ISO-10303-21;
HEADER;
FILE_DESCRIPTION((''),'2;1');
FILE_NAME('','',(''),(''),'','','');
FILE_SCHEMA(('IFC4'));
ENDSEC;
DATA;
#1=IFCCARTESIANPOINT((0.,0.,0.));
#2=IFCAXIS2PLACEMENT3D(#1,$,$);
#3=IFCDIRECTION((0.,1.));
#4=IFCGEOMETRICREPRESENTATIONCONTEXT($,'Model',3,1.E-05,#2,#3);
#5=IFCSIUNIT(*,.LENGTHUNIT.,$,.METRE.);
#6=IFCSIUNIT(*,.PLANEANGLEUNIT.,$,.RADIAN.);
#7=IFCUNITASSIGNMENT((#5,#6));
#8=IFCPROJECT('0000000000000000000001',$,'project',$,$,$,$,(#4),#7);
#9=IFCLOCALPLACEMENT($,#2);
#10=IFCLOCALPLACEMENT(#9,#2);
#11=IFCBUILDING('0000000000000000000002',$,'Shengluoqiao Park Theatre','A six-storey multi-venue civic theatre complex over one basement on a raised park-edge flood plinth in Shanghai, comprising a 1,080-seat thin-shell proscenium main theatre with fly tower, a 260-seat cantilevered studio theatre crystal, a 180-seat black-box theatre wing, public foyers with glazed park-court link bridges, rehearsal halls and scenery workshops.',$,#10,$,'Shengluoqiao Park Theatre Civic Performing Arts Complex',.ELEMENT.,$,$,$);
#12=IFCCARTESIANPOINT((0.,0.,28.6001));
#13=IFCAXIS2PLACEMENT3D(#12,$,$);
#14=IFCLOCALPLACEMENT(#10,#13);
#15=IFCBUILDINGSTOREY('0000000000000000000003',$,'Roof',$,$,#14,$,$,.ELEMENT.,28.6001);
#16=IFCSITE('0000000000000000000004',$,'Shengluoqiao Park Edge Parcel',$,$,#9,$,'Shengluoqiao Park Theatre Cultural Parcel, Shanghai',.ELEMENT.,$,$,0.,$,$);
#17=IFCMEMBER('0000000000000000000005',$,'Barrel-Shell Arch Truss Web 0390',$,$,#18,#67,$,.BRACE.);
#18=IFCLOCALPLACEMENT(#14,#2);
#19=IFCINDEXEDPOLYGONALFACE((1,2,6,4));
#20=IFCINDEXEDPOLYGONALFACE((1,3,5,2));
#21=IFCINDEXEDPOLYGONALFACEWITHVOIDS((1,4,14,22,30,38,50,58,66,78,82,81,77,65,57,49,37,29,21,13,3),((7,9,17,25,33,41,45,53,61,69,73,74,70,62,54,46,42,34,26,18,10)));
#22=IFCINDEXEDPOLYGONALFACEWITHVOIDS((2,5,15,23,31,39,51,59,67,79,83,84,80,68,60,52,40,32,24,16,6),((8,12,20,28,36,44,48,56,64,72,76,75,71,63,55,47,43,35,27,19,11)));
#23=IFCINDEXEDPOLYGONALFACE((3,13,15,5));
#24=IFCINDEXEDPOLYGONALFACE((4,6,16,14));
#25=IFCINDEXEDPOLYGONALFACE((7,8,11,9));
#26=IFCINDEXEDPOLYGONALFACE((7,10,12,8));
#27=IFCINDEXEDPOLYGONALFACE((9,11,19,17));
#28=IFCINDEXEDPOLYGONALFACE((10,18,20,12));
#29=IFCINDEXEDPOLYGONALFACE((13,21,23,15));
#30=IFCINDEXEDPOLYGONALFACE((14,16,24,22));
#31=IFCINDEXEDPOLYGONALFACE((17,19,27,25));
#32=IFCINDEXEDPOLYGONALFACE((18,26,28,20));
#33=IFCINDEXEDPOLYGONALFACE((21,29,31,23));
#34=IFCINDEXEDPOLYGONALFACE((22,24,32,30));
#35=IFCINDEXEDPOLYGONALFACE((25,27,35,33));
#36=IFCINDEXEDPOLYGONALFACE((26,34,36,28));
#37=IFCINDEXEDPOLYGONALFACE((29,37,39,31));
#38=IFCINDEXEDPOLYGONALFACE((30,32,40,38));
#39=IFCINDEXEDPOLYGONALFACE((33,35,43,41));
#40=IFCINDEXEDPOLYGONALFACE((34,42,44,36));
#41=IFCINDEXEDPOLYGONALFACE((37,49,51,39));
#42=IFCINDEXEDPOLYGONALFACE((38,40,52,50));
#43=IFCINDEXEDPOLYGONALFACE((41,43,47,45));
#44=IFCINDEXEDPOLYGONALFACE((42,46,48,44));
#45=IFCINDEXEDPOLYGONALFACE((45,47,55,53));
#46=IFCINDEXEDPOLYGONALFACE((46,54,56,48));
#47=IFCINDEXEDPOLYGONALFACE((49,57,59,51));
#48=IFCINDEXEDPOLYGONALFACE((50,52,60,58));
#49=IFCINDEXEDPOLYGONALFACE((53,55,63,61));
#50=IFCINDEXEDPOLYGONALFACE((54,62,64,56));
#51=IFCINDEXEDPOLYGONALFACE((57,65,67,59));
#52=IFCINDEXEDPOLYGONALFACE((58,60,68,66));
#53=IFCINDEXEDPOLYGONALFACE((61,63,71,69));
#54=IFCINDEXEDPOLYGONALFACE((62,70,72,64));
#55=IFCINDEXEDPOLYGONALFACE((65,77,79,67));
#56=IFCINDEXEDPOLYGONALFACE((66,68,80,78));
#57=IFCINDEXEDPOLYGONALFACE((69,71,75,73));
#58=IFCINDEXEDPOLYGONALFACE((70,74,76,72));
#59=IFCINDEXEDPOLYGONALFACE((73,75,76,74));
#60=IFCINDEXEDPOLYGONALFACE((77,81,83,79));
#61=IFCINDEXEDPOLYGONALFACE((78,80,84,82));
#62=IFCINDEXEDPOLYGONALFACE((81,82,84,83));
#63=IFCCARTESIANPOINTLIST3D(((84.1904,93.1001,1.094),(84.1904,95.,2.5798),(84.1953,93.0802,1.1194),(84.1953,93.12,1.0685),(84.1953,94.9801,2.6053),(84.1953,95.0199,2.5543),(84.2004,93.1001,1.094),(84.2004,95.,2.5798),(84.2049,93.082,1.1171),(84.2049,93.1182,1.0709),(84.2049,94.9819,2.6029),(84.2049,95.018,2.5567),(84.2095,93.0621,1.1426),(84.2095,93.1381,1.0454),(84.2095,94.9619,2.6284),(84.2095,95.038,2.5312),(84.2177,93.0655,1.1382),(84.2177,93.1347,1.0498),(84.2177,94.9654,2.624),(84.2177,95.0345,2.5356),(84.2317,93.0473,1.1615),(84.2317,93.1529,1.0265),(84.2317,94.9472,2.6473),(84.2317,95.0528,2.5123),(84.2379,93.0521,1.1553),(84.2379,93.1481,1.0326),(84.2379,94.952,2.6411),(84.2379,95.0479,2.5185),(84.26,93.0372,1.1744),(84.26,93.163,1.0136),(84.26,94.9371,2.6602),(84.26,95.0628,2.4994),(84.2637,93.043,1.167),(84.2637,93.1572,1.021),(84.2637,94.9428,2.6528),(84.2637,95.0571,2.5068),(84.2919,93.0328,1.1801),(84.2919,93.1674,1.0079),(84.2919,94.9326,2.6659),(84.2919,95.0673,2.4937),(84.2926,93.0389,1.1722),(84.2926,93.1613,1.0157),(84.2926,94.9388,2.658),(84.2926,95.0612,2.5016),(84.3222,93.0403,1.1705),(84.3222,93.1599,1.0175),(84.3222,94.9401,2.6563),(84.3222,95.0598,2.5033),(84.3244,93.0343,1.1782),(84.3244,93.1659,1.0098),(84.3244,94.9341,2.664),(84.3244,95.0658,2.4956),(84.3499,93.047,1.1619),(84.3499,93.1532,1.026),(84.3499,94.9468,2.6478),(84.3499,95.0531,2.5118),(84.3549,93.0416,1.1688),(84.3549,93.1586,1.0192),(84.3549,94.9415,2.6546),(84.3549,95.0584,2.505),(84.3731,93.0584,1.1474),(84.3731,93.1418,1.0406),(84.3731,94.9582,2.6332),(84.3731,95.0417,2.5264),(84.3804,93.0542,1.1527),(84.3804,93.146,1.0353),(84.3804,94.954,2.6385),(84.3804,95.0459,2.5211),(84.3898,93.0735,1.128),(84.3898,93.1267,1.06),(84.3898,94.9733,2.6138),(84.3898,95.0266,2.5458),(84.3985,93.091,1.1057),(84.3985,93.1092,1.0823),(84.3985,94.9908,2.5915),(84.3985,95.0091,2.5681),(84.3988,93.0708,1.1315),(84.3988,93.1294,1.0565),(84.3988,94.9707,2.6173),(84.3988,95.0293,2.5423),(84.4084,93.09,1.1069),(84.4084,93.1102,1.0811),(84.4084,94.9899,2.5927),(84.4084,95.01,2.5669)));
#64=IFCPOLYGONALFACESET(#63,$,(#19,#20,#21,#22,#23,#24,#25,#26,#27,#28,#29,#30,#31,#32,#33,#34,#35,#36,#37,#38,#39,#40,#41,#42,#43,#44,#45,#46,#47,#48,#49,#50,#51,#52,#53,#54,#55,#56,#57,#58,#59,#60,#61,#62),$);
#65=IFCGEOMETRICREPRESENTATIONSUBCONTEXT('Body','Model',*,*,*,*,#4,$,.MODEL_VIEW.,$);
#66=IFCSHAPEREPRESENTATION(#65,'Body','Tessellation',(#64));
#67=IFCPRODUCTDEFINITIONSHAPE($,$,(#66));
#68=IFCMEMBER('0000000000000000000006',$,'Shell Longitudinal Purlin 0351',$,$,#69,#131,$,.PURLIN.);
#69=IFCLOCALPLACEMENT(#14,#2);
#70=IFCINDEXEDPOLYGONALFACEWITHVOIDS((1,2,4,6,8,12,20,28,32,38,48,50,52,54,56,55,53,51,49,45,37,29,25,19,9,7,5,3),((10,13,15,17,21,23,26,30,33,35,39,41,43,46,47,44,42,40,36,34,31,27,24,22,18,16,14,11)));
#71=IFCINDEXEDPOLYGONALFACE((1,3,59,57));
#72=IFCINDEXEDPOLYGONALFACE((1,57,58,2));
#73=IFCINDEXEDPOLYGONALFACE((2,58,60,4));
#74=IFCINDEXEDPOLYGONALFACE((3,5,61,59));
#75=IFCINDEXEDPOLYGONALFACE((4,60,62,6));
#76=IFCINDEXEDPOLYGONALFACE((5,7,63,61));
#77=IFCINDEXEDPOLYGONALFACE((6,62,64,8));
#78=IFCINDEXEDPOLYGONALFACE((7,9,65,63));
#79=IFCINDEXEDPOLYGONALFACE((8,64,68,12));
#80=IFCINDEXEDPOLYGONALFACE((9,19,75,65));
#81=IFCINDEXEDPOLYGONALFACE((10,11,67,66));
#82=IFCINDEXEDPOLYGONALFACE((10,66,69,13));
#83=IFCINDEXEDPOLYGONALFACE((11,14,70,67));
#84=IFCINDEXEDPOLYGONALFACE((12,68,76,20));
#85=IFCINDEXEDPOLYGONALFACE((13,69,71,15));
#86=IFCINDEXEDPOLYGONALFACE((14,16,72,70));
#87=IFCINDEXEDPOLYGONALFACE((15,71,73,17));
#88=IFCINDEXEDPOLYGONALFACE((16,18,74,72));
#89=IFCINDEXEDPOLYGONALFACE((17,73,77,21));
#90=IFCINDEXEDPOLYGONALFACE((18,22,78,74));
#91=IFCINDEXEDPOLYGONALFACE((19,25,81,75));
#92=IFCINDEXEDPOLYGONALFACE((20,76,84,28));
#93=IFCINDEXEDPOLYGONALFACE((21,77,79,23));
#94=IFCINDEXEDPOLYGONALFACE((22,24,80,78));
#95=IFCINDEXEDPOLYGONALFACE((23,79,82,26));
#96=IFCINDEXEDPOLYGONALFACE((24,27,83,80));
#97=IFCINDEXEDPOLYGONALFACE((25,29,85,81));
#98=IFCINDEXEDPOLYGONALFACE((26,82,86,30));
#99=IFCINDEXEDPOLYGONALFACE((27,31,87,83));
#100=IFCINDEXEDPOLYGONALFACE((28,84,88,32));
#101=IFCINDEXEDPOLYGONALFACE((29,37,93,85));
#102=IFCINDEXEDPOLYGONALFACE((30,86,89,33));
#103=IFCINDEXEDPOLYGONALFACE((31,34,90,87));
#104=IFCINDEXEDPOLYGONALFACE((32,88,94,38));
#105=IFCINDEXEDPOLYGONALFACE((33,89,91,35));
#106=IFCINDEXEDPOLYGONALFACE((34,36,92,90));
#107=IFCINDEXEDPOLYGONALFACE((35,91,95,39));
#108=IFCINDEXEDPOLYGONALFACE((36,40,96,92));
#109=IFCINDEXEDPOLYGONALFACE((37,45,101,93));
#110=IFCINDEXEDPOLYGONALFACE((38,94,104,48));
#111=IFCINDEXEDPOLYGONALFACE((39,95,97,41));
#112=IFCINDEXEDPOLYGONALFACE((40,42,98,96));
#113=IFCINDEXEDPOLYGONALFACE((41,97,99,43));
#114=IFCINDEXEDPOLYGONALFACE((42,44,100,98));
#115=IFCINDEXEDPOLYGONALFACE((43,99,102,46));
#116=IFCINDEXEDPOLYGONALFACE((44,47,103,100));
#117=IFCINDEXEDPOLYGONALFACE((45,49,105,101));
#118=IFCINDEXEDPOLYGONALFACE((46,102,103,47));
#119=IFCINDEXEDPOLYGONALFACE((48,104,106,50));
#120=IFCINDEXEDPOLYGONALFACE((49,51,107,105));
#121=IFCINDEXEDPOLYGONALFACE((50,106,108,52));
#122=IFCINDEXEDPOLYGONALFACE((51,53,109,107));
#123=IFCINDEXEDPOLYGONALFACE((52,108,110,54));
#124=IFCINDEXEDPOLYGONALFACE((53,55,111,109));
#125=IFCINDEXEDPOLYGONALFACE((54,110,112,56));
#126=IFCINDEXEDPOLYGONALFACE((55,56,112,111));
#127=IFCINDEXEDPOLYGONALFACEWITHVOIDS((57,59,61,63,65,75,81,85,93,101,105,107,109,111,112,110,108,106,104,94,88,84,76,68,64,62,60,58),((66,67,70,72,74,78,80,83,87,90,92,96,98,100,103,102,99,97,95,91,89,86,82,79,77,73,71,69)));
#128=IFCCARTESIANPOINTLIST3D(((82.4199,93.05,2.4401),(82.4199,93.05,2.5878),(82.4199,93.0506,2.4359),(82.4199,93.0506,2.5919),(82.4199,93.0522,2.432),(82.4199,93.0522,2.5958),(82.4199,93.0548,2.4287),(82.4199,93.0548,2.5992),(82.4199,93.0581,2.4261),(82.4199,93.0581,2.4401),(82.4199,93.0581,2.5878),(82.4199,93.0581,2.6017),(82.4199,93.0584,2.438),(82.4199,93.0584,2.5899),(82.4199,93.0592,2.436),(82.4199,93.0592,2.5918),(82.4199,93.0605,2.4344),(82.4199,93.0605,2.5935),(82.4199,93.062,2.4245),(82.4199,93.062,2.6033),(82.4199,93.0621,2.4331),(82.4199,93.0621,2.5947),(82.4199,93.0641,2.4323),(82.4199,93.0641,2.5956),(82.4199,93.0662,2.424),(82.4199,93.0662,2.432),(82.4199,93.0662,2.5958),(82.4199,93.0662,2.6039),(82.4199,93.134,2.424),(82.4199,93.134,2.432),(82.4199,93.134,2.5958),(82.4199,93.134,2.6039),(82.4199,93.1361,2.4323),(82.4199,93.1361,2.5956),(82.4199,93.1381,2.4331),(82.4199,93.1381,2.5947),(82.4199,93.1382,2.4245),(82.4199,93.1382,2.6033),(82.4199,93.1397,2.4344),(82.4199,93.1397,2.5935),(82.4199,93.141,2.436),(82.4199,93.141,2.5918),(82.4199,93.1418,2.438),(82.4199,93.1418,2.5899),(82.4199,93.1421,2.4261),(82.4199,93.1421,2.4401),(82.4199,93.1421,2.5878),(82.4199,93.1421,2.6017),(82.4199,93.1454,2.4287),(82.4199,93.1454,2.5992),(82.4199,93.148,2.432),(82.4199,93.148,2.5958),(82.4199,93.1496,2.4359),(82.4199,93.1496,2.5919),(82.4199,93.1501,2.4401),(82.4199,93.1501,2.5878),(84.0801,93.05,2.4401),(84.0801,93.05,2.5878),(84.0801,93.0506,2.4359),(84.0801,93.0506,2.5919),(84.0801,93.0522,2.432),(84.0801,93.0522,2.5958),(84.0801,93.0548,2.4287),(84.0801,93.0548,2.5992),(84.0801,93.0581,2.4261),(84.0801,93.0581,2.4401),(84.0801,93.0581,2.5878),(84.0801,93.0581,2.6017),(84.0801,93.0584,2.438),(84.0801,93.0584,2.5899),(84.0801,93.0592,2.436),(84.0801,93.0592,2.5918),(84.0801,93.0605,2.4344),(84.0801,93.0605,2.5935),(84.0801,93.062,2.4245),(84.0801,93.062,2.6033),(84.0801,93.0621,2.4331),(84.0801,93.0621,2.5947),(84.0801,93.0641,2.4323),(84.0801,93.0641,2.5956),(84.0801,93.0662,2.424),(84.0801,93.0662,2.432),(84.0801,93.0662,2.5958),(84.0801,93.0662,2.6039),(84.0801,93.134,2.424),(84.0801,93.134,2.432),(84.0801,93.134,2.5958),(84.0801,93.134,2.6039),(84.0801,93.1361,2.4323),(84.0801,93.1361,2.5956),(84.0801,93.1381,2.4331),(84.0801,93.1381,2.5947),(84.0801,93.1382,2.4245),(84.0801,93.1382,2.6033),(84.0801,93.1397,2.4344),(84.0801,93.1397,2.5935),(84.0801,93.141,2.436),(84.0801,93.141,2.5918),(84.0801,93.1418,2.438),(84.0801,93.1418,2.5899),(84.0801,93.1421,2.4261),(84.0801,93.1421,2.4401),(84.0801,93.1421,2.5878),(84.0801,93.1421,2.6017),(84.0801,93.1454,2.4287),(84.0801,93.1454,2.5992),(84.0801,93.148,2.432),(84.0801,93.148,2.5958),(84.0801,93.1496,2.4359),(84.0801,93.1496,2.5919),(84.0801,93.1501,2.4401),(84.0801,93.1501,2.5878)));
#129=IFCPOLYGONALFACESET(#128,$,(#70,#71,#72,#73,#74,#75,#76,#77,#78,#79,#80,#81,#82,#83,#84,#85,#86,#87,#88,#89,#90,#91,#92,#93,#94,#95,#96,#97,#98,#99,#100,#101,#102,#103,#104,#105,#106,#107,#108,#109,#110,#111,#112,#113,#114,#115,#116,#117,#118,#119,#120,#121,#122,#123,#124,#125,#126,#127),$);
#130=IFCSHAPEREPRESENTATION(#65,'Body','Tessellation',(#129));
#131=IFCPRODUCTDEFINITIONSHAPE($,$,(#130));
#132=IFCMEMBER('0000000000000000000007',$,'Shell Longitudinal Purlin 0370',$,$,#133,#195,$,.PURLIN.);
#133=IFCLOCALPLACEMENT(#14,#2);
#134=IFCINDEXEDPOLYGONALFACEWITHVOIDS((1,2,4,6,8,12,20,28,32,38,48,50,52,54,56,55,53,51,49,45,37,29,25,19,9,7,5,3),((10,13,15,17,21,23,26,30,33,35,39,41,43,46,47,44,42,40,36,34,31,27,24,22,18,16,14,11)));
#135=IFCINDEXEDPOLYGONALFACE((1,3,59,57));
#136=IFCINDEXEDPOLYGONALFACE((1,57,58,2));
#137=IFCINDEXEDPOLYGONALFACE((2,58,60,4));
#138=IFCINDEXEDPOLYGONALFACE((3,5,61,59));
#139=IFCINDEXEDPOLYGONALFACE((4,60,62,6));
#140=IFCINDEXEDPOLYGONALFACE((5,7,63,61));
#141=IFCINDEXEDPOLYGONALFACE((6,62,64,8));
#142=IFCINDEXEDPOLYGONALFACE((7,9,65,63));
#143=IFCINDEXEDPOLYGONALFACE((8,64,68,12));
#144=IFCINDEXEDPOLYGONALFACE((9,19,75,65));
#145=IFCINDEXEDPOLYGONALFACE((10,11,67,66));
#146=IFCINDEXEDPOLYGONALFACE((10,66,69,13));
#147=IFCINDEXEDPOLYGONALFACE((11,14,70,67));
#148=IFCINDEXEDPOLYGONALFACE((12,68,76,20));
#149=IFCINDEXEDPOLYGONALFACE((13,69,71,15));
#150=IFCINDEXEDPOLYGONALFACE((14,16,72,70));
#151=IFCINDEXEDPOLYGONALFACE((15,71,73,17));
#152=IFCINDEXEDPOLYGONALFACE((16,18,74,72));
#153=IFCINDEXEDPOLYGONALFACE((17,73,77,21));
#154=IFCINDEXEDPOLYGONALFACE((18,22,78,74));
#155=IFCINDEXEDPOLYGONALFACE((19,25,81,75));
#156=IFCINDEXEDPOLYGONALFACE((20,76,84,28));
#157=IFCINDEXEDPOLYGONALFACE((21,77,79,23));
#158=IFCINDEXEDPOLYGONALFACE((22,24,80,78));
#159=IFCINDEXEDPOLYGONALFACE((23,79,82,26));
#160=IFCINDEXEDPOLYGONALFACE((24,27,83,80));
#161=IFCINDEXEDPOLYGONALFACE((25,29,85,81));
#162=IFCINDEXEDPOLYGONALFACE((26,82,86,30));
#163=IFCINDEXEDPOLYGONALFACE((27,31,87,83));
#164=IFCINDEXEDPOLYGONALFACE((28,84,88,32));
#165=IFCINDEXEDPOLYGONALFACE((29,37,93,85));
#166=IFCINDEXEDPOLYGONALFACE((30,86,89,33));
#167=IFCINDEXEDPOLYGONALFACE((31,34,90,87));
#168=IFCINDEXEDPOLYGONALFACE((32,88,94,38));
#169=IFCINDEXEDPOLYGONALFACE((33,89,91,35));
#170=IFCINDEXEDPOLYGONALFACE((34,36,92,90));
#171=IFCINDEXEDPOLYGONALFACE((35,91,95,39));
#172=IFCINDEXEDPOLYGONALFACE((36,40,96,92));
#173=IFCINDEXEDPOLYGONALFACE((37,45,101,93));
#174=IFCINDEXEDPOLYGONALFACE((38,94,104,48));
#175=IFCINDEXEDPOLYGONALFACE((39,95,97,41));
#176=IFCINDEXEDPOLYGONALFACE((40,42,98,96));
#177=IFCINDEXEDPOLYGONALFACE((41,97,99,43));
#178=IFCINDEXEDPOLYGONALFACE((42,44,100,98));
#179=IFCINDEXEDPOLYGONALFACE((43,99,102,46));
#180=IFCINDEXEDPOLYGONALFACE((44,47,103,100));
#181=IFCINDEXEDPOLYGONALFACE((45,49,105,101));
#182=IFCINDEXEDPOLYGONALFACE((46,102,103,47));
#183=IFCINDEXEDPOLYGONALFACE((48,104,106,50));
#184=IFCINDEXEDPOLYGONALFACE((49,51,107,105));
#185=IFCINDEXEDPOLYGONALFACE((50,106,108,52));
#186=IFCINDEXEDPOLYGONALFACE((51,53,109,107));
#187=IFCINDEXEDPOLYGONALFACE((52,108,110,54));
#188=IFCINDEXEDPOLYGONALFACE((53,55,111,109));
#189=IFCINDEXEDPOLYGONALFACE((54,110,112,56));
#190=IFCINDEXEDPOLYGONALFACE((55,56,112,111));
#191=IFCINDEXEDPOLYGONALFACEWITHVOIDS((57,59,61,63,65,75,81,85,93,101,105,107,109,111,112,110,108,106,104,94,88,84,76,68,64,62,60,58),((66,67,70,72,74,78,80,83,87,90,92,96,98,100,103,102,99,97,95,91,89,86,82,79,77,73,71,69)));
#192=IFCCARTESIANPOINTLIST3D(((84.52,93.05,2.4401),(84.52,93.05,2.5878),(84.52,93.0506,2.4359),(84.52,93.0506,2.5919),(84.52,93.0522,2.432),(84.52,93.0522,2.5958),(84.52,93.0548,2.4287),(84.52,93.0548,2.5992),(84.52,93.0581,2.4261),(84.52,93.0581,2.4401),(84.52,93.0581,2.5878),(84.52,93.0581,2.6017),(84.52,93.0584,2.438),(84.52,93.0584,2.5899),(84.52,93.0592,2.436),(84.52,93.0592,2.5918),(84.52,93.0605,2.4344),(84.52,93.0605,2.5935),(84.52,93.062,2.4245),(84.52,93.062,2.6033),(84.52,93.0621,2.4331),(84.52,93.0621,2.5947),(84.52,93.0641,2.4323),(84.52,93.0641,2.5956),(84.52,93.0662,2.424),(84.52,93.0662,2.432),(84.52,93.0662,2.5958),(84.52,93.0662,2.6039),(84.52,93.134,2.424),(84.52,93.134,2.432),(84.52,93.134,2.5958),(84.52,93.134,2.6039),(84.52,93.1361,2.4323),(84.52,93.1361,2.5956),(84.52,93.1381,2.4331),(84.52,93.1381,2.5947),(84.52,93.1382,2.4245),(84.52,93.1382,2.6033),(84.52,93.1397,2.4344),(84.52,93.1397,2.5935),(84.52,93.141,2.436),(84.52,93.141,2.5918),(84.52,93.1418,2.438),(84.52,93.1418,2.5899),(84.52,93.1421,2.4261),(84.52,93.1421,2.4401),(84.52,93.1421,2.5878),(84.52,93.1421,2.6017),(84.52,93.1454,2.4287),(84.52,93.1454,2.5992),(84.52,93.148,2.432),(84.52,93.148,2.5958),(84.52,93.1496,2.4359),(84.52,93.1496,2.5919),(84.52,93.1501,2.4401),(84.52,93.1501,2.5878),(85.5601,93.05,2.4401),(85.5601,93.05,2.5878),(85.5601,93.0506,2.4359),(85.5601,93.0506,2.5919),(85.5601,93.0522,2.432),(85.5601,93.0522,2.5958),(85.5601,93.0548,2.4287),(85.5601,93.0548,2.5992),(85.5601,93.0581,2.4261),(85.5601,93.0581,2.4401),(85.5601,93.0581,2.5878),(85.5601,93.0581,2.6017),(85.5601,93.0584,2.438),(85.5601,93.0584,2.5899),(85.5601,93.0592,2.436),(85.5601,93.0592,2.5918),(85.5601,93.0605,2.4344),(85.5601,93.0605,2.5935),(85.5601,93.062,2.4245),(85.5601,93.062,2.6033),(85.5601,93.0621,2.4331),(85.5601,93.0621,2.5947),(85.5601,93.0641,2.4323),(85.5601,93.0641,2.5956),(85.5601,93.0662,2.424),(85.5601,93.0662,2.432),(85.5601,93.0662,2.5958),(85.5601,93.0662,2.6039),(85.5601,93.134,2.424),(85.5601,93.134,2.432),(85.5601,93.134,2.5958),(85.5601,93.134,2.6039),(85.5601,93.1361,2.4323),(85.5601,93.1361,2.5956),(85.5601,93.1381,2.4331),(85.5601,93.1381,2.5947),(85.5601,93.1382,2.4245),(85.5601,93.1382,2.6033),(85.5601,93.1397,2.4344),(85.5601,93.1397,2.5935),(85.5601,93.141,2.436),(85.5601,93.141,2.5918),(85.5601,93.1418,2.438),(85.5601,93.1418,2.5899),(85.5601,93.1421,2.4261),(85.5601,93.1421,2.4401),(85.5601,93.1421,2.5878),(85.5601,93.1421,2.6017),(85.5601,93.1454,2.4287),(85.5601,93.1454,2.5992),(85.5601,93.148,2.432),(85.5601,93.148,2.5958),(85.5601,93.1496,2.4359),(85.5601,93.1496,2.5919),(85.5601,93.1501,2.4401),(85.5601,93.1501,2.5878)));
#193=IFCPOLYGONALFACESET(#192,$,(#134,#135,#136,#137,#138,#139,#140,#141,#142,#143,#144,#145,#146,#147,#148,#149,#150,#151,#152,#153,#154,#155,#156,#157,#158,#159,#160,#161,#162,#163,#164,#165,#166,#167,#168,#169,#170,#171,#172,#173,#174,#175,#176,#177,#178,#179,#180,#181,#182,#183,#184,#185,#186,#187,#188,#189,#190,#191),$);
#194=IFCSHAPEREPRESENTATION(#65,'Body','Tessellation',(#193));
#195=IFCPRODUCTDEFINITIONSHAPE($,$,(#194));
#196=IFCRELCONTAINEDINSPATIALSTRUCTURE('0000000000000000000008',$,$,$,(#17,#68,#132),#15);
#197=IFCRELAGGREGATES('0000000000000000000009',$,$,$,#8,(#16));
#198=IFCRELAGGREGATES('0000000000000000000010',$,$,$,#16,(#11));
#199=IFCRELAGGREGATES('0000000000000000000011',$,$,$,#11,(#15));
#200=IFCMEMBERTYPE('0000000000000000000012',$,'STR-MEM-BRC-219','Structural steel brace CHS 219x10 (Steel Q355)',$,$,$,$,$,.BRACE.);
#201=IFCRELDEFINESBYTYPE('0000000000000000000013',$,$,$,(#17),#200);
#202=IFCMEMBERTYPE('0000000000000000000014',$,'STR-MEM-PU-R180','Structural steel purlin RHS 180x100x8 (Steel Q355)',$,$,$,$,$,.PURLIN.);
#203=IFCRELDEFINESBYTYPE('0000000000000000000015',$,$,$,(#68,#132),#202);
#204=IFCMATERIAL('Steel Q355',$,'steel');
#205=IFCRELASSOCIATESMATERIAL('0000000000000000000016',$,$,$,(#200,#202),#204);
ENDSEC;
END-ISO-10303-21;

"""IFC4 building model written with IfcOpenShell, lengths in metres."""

from ifc_helpers import new_model, si_unit, direction, frame, origin, origin_2d, place, context, subcontext, project, spatial, hollow_rectangle, hollow_circle, extrude, material, material_profile, profile_set, type_object, element, save


model = new_model("IFC4")

# Units and contexts
model_context = context("Model", 3, precision=1e-05, world=origin(), true_north=direction((0.0, 1.0)))
body_context = subcontext(model_context, "Body", "Model", "MODEL_VIEW")
ifc_project = project(units=[si_unit("LENGTHUNIT", "METRE"), si_unit("PLANEANGLEUNIT", "RADIAN")], contexts=[model_context])

# Site, building, storey
site_placement = place(None, origin())
site = spatial("IfcSite", under=ifc_project, at=site_placement, Name="Shengluoqiao Park Edge Parcel", LongName="Shengluoqiao Park Theatre Cultural Parcel, Shanghai", CompositionType="ELEMENT", RefElevation=0.0)
building_placement = place(site_placement, origin())
building = spatial("IfcBuilding", under=site, at=building_placement, Name="Shengluoqiao Park Theatre", Description="A six-storey multi-venue civic theatre complex over one basement on a raised park-edge flood plinth in Shanghai, comprising a 1,080-seat thin-shell proscenium main theatre with fly tower, a 260-seat cantilevered studio theatre crystal, a 180-seat black-box theatre wing, public foyers with glazed park-court link bridges, rehearsal halls and scenery workshops.", LongName="Shengluoqiao Park Theatre Civic Performing Arts Complex", CompositionType="ELEMENT")
storey_placement = place(building_placement, frame((0.0, 0.0, 28.6001)))
storey = spatial("IfcBuildingStorey", under=building, at=storey_placement, Name="Roof", CompositionType="ELEMENT", Elevation=28.6001)

# Shared definitions
ifc_material_1 = material(Name="Steel Q355", Category="steel")

# Members
ifc_material_profile_1 = material_profile(ifc_material_1, hollow_circle(Radius=0.1096, WallThickness=0.01, at=origin_2d()), Name="CHS 219x10")
ifc_profile_set_1 = profile_set([ifc_material_profile_1], Name="Steel Q355")
member_type_1 = type_object("IfcMemberType", Name="STR-MEM-BRC-219", Description="Structural steel brace CHS 219x10 (Steel Q355)", PredefinedType="BRACE", material=ifc_profile_set_1)
member_1_placement = place(storey_placement, frame((84.3, 93.1001, 1.094), z_axis=(0.0, 0.787714, 0.616041), x_axis=(-1.0, 0.0, 0.0)))
element("IfcMember", 1, at=member_1_placement, inside=storey, type_object=member_type_1, Name="Barrel-Shell Arch Truss Web 0390", PredefinedType="BRACE", context=body_context, shape_type="SweptSolid", body=[
    extrude(hollow_circle(Radius=0.1096, WallThickness=0.01, at=origin_2d()), origin(), (0.0, 0.0, 1.0), 2.4119),
])
ifc_material_profile_2 = material_profile(ifc_material_1, hollow_rectangle(XDim=0.1001, YDim=0.1799, WallThickness=0.0081, InnerFilletRadius=0.0081, OuterFilletRadius=0.0161, at=origin_2d()), Name="RHS 180x100x8")
ifc_profile_set_2 = profile_set([ifc_material_profile_2], Name="Steel Q355")
member_type_2 = type_object("IfcMemberType", Name="STR-MEM-PU-R180", Description="Structural steel purlin RHS 180x100x8 (Steel Q355)", PredefinedType="PURLIN", material=ifc_profile_set_2)
member_2_placement = place(storey_placement, frame((82.4199, 93.1001, 2.5139), z_axis=(1.0, 0.0, 0.0), x_axis=(0.0, 1.0, 0.0)))
element("IfcMember", 2, at=member_2_placement, inside=storey, type_object=member_type_2, Name="Shell Longitudinal Purlin 0351", PredefinedType="PURLIN", context=body_context, shape_type="SweptSolid", body=[
    extrude(hollow_rectangle(XDim=0.1001, YDim=0.1799, WallThickness=0.0081, InnerFilletRadius=0.0081, OuterFilletRadius=0.0161, at=origin_2d()), origin(), (0.0, 0.0, 1.0), 1.6602),
])
member_3_placement = place(storey_placement, frame((84.52, 93.1001, 2.5139), z_axis=(1.0, 0.0, 0.0), x_axis=(0.0, 1.0, 0.0)))
element("IfcMember", 3, at=member_3_placement, inside=storey, type_object=member_type_2, Name="Shell Longitudinal Purlin 0370", PredefinedType="PURLIN", context=body_context, shape_type="SweptSolid", body=[
    extrude(hollow_rectangle(XDim=0.1001, YDim=0.1799, WallThickness=0.0081, InnerFilletRadius=0.0081, OuterFilletRadius=0.0161, at=origin_2d()), origin(), (0.0, 0.0, 1.0), 1.04),
])

save(model, "model.ifc")
